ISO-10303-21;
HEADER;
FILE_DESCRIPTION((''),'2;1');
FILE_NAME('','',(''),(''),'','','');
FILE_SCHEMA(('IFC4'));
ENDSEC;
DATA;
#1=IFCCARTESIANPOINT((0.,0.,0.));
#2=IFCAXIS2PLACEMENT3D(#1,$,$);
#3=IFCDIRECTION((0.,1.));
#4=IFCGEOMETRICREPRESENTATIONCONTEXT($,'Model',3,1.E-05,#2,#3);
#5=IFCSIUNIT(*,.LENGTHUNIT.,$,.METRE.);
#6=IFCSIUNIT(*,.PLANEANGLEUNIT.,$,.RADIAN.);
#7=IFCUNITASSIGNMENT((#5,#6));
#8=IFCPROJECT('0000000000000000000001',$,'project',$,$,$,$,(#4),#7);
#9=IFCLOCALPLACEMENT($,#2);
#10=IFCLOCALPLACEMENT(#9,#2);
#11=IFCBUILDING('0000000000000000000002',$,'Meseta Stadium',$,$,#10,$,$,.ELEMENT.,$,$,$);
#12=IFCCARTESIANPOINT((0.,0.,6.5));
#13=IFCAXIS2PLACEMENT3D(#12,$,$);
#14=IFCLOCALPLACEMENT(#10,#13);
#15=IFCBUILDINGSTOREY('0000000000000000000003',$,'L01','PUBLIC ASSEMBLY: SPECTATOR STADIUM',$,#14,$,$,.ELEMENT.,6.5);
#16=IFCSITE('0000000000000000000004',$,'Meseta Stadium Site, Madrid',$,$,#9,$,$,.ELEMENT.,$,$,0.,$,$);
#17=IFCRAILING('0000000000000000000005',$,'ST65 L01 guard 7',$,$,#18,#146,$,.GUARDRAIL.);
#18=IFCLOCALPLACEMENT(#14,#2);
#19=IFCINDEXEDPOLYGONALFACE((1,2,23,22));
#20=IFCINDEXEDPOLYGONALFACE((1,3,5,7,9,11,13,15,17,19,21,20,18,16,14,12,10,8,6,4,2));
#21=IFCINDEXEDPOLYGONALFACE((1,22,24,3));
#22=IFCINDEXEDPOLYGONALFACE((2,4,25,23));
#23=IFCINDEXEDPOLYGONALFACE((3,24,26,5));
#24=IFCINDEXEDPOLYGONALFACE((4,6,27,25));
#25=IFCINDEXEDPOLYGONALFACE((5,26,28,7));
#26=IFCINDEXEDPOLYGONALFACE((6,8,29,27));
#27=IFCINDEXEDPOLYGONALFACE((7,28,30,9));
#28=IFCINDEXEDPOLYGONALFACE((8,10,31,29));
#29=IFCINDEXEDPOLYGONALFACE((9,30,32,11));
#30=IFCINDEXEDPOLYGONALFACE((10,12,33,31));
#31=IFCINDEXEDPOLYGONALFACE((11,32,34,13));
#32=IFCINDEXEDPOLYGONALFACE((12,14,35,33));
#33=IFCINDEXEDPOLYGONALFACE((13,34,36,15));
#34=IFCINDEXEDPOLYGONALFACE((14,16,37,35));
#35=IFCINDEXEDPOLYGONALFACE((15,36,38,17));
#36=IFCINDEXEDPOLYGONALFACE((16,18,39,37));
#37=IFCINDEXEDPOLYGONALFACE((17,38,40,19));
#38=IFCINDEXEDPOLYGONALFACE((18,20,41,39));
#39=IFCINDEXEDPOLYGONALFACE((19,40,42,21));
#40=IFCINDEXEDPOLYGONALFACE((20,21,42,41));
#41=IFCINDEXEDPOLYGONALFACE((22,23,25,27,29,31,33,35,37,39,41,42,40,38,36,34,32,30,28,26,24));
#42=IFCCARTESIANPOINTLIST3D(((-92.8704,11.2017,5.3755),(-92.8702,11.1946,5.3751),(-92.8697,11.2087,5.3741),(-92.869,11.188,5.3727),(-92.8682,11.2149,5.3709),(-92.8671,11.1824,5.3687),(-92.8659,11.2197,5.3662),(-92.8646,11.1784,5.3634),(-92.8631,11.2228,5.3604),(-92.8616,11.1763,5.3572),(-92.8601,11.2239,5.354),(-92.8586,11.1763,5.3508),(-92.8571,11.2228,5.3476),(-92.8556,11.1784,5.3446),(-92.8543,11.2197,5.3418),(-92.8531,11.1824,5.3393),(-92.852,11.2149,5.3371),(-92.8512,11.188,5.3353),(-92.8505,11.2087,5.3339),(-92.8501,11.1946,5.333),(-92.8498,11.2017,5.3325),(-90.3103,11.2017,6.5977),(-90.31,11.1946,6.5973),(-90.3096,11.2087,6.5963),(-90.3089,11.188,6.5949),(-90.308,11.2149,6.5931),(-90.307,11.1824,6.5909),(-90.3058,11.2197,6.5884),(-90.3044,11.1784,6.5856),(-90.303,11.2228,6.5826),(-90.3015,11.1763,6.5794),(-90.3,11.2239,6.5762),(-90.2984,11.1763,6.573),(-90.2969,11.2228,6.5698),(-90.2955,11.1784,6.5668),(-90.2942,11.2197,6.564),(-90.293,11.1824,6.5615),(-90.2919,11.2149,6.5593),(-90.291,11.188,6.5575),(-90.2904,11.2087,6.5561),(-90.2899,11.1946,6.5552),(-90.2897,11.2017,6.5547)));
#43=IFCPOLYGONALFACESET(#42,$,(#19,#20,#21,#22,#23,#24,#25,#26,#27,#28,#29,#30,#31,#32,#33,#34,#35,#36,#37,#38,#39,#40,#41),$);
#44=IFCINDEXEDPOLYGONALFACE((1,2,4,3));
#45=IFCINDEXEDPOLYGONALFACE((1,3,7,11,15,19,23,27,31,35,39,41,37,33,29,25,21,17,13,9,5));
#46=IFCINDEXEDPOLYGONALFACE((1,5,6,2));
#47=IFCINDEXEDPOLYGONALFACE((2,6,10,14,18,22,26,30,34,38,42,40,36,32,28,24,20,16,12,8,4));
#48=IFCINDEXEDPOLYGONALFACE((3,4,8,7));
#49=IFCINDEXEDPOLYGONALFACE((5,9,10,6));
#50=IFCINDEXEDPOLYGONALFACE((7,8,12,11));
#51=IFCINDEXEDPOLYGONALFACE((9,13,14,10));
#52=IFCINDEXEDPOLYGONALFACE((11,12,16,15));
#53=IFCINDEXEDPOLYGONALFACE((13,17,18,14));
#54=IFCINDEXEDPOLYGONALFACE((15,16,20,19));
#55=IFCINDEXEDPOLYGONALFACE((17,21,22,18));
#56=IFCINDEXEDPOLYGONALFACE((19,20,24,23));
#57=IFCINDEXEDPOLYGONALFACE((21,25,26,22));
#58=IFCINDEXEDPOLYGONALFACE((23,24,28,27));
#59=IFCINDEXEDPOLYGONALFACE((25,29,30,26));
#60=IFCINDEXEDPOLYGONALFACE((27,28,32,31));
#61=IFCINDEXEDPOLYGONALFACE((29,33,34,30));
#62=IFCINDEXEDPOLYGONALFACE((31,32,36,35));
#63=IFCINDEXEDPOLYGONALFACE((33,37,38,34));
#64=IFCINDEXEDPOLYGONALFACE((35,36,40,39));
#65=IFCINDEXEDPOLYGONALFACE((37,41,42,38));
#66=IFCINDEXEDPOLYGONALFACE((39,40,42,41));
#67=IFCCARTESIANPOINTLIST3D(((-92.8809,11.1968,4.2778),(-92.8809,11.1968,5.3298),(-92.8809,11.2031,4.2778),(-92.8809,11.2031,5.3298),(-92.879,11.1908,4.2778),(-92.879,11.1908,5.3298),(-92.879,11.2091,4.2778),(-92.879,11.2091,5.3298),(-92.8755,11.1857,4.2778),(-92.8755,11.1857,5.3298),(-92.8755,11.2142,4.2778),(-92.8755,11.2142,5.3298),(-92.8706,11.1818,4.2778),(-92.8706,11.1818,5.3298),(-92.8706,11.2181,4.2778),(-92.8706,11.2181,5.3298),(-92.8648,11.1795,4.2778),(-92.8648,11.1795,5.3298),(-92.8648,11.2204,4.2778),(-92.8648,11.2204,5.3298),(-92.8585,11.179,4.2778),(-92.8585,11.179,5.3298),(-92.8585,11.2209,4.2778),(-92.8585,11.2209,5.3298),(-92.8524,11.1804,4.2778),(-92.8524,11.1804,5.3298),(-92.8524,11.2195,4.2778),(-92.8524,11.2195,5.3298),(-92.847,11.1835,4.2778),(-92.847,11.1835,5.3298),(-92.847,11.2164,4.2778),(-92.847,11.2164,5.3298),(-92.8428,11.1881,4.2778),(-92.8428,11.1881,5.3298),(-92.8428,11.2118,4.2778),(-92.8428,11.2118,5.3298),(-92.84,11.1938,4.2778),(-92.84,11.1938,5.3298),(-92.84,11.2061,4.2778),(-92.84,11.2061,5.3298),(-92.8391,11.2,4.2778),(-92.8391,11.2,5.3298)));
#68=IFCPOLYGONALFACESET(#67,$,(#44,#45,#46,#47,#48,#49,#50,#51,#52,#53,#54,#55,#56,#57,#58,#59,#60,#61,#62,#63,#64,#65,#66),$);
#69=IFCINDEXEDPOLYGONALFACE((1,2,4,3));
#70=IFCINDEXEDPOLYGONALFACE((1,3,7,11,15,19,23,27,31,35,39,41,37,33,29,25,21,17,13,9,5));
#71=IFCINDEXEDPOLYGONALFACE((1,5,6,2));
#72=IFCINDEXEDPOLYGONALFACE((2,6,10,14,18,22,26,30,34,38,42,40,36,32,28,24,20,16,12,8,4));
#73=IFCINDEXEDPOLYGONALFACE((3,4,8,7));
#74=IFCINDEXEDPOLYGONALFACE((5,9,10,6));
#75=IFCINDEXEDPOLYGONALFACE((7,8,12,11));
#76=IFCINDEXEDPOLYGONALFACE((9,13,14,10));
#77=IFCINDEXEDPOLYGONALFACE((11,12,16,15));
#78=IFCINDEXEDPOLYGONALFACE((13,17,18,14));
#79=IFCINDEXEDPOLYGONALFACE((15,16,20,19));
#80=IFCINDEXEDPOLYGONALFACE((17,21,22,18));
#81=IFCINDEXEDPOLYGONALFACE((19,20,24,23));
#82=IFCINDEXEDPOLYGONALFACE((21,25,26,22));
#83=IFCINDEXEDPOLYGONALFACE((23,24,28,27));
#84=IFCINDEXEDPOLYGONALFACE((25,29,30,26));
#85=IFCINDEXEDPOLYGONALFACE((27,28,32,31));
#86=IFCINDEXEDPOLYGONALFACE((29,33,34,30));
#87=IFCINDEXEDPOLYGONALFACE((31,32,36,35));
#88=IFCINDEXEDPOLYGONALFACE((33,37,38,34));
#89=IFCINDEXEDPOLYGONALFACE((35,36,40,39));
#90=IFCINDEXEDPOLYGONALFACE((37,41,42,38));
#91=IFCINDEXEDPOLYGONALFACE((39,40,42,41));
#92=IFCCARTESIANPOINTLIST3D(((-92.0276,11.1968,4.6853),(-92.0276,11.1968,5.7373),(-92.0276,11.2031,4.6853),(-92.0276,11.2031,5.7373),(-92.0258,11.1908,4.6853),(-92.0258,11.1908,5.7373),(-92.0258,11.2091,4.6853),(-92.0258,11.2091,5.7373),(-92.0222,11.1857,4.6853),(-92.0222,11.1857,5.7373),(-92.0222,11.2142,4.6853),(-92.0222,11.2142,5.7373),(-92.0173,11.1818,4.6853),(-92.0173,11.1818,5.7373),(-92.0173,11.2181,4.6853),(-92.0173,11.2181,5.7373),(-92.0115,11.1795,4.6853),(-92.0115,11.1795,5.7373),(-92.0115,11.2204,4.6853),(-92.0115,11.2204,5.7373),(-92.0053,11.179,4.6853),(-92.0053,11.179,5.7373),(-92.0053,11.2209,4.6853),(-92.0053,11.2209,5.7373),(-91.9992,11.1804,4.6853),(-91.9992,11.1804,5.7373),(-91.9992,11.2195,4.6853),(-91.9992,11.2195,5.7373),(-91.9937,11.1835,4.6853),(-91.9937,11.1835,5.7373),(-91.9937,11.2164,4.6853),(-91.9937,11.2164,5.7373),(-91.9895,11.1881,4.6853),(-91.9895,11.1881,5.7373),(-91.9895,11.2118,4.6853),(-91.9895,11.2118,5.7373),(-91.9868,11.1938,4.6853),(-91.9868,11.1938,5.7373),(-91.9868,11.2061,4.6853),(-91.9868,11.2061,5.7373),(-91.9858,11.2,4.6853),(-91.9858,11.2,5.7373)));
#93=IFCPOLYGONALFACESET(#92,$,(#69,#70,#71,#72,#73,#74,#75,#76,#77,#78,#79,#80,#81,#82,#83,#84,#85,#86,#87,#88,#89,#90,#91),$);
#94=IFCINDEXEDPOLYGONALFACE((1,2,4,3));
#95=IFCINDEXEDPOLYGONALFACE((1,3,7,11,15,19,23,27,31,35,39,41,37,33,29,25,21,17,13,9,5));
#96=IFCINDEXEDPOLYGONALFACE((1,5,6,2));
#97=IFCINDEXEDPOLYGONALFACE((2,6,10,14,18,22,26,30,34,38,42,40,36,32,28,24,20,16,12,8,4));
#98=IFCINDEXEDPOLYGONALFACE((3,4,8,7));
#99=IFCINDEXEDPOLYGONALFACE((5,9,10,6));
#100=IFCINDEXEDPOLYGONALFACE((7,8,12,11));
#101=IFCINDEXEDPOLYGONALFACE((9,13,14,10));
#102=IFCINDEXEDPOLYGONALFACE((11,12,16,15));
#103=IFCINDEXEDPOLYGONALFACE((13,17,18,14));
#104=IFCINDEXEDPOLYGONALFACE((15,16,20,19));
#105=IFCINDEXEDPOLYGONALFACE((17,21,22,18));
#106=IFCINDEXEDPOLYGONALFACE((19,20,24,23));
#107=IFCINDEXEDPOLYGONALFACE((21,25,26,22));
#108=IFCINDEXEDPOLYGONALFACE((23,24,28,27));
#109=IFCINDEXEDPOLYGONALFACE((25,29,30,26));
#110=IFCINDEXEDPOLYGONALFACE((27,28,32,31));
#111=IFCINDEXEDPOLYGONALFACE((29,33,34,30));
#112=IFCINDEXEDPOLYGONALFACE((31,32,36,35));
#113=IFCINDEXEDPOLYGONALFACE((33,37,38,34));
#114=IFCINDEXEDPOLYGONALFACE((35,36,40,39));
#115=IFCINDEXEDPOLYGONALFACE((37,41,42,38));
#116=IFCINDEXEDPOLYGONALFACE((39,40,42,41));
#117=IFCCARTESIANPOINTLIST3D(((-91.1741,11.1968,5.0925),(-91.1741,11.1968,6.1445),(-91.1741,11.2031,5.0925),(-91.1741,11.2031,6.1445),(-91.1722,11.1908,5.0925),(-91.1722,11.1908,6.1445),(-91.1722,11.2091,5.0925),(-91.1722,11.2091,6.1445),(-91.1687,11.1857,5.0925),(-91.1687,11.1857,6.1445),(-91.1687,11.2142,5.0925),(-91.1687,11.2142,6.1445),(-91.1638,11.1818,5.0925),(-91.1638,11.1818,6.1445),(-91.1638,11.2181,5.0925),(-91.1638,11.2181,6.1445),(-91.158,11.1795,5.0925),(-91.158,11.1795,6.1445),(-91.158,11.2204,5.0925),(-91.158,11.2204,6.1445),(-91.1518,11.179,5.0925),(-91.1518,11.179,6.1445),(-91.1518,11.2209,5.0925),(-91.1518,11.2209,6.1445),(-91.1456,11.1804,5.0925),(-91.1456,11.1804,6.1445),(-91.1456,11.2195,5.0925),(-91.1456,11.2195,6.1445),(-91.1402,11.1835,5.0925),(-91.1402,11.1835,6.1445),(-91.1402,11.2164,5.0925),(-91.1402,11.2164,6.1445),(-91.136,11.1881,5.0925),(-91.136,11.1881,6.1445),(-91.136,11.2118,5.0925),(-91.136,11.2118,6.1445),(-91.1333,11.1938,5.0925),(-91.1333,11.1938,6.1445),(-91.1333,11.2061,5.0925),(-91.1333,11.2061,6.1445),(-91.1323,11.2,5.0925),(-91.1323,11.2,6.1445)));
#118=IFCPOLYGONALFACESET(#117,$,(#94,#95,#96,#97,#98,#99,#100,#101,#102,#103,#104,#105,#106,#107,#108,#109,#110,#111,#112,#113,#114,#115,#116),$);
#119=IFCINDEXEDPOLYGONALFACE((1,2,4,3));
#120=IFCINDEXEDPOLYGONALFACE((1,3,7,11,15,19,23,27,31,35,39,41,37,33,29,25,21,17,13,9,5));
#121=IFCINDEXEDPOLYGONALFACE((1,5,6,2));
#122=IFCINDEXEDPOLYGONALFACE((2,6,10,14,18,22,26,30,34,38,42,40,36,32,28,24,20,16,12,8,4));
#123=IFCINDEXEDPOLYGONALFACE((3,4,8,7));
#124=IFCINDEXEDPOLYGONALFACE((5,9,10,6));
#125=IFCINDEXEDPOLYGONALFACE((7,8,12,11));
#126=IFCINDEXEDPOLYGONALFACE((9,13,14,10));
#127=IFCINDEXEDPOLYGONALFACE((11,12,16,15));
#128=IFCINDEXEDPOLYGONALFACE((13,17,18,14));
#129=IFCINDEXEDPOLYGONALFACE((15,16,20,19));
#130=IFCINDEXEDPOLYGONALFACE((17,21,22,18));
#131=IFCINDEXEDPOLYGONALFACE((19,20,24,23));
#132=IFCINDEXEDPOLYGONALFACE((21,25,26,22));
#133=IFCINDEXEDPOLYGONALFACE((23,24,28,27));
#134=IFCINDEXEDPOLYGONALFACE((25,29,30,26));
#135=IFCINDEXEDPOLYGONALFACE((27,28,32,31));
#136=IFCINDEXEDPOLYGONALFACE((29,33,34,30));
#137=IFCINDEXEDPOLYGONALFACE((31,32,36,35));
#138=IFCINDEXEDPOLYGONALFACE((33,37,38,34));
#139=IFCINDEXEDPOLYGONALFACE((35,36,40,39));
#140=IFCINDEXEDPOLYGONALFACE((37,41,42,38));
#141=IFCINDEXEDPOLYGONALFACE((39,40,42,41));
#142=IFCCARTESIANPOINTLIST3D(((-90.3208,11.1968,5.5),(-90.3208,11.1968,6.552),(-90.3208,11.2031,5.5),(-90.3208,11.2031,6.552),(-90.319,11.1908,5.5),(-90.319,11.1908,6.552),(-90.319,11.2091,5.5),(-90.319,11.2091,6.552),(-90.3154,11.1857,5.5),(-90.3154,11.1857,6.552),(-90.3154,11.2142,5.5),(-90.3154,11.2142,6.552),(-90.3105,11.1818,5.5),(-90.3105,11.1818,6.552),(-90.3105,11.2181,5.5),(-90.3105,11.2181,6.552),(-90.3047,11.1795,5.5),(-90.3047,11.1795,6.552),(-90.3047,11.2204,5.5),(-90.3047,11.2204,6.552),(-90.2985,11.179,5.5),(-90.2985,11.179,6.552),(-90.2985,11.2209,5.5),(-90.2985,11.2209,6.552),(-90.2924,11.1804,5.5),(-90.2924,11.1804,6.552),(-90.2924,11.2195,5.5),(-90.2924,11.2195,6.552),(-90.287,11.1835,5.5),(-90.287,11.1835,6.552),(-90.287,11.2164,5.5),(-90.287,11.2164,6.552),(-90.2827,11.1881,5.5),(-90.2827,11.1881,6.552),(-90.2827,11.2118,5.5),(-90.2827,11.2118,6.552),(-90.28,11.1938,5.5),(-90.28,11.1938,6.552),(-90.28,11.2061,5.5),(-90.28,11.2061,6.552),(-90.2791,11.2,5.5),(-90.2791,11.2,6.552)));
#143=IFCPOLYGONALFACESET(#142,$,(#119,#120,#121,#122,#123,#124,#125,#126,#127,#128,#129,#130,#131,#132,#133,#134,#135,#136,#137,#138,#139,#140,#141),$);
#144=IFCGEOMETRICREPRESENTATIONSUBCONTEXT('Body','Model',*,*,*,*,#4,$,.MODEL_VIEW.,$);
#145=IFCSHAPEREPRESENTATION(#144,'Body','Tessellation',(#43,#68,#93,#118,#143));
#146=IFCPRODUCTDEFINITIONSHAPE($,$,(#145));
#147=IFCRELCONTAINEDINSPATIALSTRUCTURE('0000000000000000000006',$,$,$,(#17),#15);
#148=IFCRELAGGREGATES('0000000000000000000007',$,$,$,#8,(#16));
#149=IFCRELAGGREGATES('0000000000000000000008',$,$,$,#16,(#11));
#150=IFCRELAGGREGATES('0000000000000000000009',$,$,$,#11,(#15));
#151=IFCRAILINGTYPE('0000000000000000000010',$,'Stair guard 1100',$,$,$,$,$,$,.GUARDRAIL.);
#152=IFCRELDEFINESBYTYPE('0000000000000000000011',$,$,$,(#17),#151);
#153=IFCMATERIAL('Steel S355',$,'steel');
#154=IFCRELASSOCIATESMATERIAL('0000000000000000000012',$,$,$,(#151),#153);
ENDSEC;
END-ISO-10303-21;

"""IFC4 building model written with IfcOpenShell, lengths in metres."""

from ifc_helpers import new_model, si_unit, direction, frame, origin, origin_2d, place, context, subcontext, project, spatial, circle, extrude, material, type_object, element, save


model = new_model("IFC4")

# Units and contexts
model_context = context("Model", 3, precision=1e-05, world=origin(), true_north=direction((0.0, 1.0)))
body_context = subcontext(model_context, "Body", "Model", "MODEL_VIEW")
ifc_project = project(units=[si_unit("LENGTHUNIT", "METRE"), si_unit("PLANEANGLEUNIT", "RADIAN")], contexts=[model_context])

# Site, building, storey
site_placement = place(None, origin())
site = spatial("IfcSite", under=ifc_project, at=site_placement, Name="Meseta Stadium Site, Madrid", CompositionType="ELEMENT", RefElevation=0.0)
building_placement = place(site_placement, origin())
building = spatial("IfcBuilding", under=site, at=building_placement, Name="Meseta Stadium", CompositionType="ELEMENT")
storey_placement = place(building_placement, frame((0.0, 0.0, 6.5)))
storey = spatial("IfcBuildingStorey", under=building, at=storey_placement, Name="L01", Description="PUBLIC ASSEMBLY: SPECTATOR STADIUM", CompositionType="ELEMENT", Elevation=6.5)

# Railing
ifc_material_1 = material(Name="Steel S355", Category="steel")
railing_type_1 = type_object("IfcRailingType", Name="Stair guard 1100", PredefinedType="GUARDRAIL", material=ifc_material_1)
railing_1_placement = place(storey_placement, frame((-92.8601, 11.2, 4.2778)))
element("IfcRailing", 1, at=railing_1_placement, inside=storey, type_object=railing_type_1, Name="ST65 L01 guard 7", PredefinedType="GUARDRAIL", context=body_context, shape_type="SweptSolid", body=[
    extrude(circle(Radius=0.0239, at=origin_2d()), frame((0.0, 0.0, 1.0762), z_axis=(0.902437, 0.0, 0.430822), x_axis=(0.0, 1.0, 0.0)), (0.0, 0.0, 1.0), 2.8369),
    extrude(circle(Radius=0.021, at=origin_2d()), origin(), (0.0, 0.0, 1.0), 1.052),
    extrude(circle(Radius=0.021, at=origin_2d()), frame((0.8533, 0.0, 0.4075)), (0.0, 0.0, 1.0), 1.052),
    extrude(circle(Radius=0.021, at=origin_2d()), frame((1.7068, 0.0, 0.8147)), (0.0, 0.0, 1.0), 1.052),
    extrude(circle(Radius=0.021, at=origin_2d()), frame((2.5601, 0.0, 1.2222)), (0.0, 0.0, 1.0), 1.052),
])

save(model, "model.ifc")
